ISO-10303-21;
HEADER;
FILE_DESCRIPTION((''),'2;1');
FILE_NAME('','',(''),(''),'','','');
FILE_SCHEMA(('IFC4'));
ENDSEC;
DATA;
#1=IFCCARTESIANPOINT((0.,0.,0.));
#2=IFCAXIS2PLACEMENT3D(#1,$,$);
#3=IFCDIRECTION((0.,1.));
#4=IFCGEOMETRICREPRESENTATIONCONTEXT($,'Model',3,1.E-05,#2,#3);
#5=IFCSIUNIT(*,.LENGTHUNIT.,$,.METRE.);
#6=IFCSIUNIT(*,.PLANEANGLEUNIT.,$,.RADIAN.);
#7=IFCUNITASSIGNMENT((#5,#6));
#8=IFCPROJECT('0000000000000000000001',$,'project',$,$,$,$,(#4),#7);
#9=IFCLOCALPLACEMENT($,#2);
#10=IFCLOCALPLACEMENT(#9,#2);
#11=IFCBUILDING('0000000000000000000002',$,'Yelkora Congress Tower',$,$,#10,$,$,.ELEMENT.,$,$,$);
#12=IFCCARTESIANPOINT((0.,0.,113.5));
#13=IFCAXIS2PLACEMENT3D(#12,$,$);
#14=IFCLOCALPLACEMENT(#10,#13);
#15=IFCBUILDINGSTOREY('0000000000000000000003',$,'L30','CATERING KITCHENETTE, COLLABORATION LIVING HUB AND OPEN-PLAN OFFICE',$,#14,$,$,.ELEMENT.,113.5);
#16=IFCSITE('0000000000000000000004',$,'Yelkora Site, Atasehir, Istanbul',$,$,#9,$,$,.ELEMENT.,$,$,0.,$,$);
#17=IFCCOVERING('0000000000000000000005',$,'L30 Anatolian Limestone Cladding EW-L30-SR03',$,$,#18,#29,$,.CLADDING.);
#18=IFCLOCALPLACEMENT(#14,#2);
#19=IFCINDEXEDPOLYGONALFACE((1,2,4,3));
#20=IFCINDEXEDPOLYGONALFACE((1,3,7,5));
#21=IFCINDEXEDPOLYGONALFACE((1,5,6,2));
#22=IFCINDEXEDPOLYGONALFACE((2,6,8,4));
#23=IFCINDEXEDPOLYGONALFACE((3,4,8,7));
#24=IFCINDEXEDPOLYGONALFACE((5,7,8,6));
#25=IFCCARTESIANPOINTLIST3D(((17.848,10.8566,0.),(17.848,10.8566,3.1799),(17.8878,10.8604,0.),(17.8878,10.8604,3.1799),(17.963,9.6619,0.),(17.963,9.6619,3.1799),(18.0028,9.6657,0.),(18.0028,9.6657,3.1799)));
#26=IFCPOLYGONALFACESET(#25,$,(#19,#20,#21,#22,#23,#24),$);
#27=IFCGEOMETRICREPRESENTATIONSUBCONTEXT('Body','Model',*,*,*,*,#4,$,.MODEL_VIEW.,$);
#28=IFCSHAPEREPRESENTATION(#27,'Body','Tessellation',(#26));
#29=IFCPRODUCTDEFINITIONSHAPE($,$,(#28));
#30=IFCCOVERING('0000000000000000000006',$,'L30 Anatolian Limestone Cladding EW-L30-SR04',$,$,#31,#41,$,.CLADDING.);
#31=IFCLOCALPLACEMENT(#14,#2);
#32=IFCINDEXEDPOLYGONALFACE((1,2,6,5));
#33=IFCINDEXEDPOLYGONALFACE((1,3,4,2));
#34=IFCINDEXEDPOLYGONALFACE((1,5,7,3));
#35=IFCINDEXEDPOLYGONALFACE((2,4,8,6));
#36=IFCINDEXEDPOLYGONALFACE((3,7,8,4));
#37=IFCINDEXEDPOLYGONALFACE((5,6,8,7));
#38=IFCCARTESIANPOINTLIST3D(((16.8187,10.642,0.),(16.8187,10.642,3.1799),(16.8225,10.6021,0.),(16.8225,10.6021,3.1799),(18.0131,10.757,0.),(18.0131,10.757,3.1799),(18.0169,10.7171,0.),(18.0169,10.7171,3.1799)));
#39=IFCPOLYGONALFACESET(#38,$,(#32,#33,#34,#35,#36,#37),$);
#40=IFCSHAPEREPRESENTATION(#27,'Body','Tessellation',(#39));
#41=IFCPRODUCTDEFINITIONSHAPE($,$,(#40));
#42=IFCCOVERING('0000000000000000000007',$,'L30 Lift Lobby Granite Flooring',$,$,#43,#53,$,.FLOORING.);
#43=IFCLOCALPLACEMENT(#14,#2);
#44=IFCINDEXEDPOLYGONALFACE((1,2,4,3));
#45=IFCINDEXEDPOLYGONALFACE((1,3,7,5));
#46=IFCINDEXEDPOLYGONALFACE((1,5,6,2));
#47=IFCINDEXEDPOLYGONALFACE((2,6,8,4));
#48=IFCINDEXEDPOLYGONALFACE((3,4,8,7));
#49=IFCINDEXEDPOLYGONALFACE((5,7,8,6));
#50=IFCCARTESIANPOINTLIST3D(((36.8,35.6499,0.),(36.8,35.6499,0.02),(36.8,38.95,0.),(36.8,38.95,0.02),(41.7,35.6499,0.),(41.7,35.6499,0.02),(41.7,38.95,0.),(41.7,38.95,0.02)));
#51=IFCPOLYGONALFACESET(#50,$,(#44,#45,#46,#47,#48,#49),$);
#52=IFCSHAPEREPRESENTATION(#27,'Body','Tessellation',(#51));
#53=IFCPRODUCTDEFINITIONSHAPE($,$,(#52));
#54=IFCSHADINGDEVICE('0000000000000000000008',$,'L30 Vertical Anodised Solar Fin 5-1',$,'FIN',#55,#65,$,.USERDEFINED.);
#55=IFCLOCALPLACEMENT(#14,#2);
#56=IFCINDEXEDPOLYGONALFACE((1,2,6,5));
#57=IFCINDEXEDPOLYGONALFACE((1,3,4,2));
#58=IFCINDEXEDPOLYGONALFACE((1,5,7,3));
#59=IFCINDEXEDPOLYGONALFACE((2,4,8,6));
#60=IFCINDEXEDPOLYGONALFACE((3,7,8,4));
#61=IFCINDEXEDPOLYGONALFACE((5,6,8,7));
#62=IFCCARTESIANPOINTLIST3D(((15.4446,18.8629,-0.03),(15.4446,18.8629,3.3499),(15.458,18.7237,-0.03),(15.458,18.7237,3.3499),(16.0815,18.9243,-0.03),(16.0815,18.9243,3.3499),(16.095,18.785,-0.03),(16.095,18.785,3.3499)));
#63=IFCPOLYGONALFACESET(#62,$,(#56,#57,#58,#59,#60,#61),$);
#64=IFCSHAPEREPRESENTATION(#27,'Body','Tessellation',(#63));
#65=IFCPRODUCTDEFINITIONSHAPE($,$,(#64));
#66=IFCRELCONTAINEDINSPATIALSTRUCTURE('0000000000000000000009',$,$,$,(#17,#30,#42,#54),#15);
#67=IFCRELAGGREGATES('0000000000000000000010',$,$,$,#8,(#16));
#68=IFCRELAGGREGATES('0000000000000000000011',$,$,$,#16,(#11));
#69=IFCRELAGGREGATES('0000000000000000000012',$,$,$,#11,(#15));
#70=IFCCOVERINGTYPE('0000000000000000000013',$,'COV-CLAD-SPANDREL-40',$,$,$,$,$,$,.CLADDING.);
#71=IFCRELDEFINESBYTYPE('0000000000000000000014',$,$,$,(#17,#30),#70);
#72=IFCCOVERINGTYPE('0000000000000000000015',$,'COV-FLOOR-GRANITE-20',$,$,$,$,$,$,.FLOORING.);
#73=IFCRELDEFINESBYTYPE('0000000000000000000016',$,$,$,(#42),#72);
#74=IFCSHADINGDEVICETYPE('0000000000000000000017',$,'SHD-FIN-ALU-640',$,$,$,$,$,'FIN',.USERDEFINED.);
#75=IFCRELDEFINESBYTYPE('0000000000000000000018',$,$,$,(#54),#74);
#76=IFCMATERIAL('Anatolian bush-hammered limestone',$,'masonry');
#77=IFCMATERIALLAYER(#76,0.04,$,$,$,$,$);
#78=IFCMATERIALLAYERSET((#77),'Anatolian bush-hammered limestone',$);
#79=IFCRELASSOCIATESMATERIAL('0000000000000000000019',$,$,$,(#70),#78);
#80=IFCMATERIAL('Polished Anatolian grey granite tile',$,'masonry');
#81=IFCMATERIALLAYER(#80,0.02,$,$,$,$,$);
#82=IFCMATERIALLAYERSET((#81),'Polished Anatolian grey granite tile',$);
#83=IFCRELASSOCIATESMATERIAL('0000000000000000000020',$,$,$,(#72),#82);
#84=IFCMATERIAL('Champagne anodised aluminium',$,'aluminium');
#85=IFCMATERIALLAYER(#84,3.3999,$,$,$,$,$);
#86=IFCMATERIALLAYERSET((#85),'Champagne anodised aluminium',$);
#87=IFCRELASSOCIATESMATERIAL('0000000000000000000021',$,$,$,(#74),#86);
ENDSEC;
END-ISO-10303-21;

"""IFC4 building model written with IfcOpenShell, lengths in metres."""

from ifc_helpers import new_model, si_unit, direction, frame, frame_2d, origin, origin_2d, place, context, subcontext, project, spatial, polyline, rectangle, outline, extrude, material, layer, layer_set, type_object, element, save


model = new_model("IFC4")

# Units and contexts
model_context = context("Model", 3, precision=1e-05, world=origin(), true_north=direction((0.0, 1.0)))
body_context = subcontext(model_context, "Body", "Model", "MODEL_VIEW")
ifc_project = project(units=[si_unit("LENGTHUNIT", "METRE"), si_unit("PLANEANGLEUNIT", "RADIAN")], contexts=[model_context])

# Site, building, storey
site_placement = place(None, origin())
site = spatial("IfcSite", under=ifc_project, at=site_placement, Name="Yelkora Site, Atasehir, Istanbul", CompositionType="ELEMENT", RefElevation=0.0)
building_placement = place(site_placement, origin())
building = spatial("IfcBuilding", under=site, at=building_placement, Name="Yelkora Congress Tower", CompositionType="ELEMENT")
storey_placement = place(building_placement, frame((0.0, 0.0, 113.5)))
storey = spatial("IfcBuildingStorey", under=building, at=storey_placement, Name="L30", Description="CATERING KITCHENETTE, COLLABORATION LIVING HUB AND OPEN-PLAN OFFICE", CompositionType="ELEMENT", Elevation=113.5)

# Coverings
ifc_material_1 = material(Name="Anatolian bush-hammered limestone", Category="masonry")
ifc_layer_1 = layer(ifc_material_1, 0.04)
ifc_layer_set_1 = layer_set([ifc_layer_1], Name="Anatolian bush-hammered limestone")
covering_type_1 = type_object("IfcCoveringType", Name="COV-CLAD-SPANDREL-40", PredefinedType="CLADDING", material=ifc_layer_set_1)
for number, where, z_axis, x_axis, name in (
    (1, (17.9829, 9.6638, 0.0), (0.0, 0.0, 1.0), (-0.095817, 0.995399, 0.0), "L30 Anatolian Limestone Cladding EW-L30-SR03"),
):
    element("IfcCovering", number, at=place(storey_placement, frame(where, z_axis=z_axis, x_axis=x_axis)), inside=storey, type_object=covering_type_1, Name=name, PredefinedType="CLADDING", context=body_context, shape_type="SweptSolid", body=[
        extrude(rectangle(XDim=1.2002, YDim=0.04, at=frame_2d((0.6001, 0.0))), origin(), (0.0, 0.0, 1.0), 3.1799),
    ])
covering_1_placement = place(storey_placement, frame((18.0151, 10.7371, 0.0), z_axis=(0.0, 0.0, 1.0), x_axis=(-0.995397, -0.095836, 0.0)))
element("IfcCovering", 2, at=covering_1_placement, inside=storey, type_object=covering_type_1, Name="L30 Anatolian Limestone Cladding EW-L30-SR04", PredefinedType="CLADDING", context=body_context, shape_type="SweptSolid", body=[
    extrude(rectangle(XDim=1.2, YDim=0.04, at=frame_2d((0.6001, 0.0))), origin(), (0.0, 0.0, 1.0), 3.1799),
])
ifc_material_2 = material(Name="Polished Anatolian grey granite tile", Category="masonry")
ifc_layer_2 = layer(ifc_material_2, 0.02)
ifc_layer_set_2 = layer_set([ifc_layer_2], Name="Polished Anatolian grey granite tile")
covering_type_2 = type_object("IfcCoveringType", Name="COV-FLOOR-GRANITE-20", PredefinedType="FLOORING", material=ifc_layer_set_2)
covering_2_placement = place(storey_placement, origin())
element("IfcCovering", 3, at=covering_2_placement, inside=storey, type_object=covering_type_2, Name="L30 Lift Lobby Granite Flooring", PredefinedType="FLOORING", context=body_context, shape_type="SweptSolid", body=[
    extrude(outline(polyline([(36.8, 35.6499), (41.7, 35.6499), (41.7, 38.95), (36.8, 38.95), (36.8, 35.6499)])), origin(), (0.0, 0.0, 1.0), 0.02),
])

# Shading device
ifc_material_3 = material(Name="Champagne anodised aluminium", Category="aluminium")
ifc_layer_3 = layer(ifc_material_3, 3.3999)
ifc_layer_set_3 = layer_set([ifc_layer_3], Name="Champagne anodised aluminium")
shading_device_type = type_object("IfcShadingDeviceType", Name="SHD-FIN-ALU-640", ElementType="FIN", PredefinedType="USERDEFINED", material=ifc_layer_set_3)
shading_device_placement = place(storey_placement, frame((15.7698, 18.824, -0.03), z_axis=(0.0, 0.0, 1.0), x_axis=(-0.095846, 0.995396, 0.0)))
element("IfcShadingDevice", 4, at=shading_device_placement, inside=storey, type_object=shading_device_type, Name="L30 Vertical Anodised Solar Fin 5-1", ObjectType="FIN", PredefinedType="USERDEFINED", context=body_context, shape_type="SweptSolid", body=[
    extrude(rectangle(XDim=0.1399, YDim=0.6399, at=origin_2d()), origin(), (0.0, 0.0, 1.0), 3.3799),
])

save(model, "model.ifc")
